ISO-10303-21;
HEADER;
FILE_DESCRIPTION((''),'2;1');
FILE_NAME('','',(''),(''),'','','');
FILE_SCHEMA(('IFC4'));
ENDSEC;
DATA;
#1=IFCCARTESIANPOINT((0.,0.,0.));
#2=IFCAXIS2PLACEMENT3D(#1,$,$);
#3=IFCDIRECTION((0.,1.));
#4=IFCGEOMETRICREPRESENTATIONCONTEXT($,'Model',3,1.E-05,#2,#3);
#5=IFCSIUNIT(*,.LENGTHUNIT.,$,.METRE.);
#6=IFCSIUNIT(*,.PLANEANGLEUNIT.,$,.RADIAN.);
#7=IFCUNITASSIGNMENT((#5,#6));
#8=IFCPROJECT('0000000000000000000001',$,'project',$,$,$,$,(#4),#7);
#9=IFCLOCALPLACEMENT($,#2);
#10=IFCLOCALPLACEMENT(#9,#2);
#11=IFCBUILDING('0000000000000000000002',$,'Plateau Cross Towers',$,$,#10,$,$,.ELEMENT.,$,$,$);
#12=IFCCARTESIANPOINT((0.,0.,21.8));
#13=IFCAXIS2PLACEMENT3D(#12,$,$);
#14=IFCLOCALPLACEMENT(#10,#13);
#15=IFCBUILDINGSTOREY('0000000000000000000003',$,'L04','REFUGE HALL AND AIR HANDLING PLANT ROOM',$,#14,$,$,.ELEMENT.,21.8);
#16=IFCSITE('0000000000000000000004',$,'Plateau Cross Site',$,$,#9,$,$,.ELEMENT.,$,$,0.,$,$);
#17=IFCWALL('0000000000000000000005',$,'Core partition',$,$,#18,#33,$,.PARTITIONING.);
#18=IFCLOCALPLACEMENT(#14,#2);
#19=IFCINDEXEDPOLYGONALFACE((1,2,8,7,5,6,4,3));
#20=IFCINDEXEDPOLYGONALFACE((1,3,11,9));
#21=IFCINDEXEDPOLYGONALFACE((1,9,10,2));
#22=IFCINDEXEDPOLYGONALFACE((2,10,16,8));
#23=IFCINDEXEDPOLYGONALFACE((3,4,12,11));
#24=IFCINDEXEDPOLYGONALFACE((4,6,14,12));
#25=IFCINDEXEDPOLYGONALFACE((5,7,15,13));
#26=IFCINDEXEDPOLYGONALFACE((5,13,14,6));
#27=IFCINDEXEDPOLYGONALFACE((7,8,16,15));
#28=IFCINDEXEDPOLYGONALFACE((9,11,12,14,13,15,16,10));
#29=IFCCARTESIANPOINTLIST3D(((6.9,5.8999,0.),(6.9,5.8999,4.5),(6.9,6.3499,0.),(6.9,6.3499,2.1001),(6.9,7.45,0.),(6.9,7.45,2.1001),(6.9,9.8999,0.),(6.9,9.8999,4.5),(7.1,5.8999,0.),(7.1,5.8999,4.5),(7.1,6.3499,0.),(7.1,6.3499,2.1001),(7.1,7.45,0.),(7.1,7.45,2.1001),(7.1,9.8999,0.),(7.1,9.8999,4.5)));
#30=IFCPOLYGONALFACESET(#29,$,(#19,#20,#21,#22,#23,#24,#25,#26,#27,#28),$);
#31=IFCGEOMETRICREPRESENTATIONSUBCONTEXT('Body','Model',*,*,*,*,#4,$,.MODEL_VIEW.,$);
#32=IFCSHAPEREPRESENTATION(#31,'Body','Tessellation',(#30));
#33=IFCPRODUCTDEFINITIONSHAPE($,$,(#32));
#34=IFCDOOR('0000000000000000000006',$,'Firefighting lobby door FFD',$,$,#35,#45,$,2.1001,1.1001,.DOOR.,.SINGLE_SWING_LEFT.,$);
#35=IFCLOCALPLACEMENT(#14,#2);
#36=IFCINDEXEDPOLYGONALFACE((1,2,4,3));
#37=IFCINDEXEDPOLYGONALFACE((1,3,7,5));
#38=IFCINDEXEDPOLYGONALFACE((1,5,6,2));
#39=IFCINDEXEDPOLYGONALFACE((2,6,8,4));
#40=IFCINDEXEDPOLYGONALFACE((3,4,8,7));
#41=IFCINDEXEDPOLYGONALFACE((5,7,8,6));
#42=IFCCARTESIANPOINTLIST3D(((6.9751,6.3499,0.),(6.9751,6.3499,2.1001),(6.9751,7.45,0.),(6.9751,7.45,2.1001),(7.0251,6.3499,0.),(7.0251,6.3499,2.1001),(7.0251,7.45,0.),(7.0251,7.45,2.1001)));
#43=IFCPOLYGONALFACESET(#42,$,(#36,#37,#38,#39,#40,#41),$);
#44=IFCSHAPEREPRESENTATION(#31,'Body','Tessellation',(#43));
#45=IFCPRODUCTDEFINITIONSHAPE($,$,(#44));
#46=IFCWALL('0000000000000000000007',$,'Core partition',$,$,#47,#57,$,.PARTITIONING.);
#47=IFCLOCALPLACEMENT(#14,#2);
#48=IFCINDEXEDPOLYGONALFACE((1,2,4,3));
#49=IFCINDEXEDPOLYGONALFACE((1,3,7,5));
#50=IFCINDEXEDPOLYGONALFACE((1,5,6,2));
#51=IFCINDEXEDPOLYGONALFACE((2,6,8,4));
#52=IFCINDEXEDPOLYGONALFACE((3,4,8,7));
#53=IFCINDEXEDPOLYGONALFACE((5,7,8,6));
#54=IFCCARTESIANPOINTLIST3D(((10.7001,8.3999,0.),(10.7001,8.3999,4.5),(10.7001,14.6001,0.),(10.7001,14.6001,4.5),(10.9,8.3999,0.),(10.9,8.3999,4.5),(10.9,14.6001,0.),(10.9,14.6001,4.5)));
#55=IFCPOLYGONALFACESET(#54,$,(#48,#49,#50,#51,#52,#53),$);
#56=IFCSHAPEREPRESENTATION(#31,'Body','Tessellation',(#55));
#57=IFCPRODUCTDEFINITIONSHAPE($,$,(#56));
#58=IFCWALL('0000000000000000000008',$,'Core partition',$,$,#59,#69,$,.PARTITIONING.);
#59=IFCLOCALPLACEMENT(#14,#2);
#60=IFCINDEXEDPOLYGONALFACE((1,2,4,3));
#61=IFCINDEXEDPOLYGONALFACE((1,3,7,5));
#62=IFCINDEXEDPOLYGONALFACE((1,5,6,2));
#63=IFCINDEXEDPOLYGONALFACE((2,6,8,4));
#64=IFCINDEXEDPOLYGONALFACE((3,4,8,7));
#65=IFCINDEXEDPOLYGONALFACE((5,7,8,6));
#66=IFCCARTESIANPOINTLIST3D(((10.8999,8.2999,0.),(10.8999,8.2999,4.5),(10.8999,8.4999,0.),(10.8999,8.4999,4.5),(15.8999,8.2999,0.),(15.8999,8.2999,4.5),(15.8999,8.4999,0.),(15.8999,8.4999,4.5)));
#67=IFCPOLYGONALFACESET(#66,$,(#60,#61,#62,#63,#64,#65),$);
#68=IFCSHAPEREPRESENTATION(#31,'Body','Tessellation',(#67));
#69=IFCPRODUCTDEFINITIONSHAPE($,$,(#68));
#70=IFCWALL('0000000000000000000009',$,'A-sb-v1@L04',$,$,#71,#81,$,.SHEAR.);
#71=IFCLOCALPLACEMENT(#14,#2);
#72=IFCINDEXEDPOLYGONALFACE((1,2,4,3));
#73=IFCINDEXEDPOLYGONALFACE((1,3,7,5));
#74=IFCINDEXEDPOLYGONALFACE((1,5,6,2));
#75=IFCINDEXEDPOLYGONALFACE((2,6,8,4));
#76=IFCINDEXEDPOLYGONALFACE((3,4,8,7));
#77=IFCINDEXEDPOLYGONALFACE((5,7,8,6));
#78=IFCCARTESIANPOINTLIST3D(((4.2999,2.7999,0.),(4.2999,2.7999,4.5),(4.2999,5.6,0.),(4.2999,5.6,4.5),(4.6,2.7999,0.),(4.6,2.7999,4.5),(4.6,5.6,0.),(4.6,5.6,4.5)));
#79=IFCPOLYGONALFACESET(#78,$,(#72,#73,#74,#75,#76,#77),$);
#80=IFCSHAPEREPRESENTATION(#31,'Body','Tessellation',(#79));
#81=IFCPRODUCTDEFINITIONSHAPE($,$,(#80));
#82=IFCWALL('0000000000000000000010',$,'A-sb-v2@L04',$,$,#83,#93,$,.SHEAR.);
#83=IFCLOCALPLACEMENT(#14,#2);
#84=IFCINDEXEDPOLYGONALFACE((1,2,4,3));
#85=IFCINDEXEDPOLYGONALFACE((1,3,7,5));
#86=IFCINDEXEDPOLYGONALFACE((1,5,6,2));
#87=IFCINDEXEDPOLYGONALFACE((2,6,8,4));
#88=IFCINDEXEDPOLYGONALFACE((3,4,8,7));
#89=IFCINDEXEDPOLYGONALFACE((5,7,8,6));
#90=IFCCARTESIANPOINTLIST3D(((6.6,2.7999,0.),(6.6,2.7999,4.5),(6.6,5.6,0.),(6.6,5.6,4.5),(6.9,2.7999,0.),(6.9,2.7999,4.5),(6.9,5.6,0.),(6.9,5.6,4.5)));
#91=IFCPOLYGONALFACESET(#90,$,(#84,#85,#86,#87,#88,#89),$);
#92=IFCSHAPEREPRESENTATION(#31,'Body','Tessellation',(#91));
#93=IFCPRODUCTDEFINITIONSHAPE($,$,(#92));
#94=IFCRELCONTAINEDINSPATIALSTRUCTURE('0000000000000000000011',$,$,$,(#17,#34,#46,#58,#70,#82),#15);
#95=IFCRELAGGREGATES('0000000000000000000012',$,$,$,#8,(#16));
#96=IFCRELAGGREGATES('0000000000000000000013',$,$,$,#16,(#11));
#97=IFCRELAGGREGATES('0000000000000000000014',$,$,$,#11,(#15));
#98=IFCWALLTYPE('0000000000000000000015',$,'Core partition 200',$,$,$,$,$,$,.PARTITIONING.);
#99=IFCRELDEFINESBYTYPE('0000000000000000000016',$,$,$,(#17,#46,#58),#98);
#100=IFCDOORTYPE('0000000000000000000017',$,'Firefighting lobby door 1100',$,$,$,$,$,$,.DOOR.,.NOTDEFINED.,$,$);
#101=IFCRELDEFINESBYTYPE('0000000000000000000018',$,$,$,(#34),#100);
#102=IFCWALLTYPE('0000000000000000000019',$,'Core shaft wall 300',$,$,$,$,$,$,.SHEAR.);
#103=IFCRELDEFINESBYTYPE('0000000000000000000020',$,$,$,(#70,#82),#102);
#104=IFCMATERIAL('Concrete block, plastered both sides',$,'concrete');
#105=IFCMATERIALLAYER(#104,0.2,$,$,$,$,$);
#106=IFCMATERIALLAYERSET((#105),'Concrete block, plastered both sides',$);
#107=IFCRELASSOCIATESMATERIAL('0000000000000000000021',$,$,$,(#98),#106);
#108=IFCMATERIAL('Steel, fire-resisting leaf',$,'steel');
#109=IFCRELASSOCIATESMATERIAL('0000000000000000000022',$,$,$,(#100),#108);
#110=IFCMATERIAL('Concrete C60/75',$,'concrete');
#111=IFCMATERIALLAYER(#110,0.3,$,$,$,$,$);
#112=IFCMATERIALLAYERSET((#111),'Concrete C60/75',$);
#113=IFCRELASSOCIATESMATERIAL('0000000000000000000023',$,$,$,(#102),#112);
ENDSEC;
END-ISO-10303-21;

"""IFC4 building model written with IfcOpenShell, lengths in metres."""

from ifc_helpers import new_model, si_unit, direction, frame, frame_2d, origin, place, context, subcontext, project, spatial, rectangle, extrude, material, layer, layer_set, type_object, element, fill, save


model = new_model("IFC4")

# Units and contexts
model_context = context("Model", 3, precision=1e-05, world=origin(), true_north=direction((0.0, 1.0)))
body_context = subcontext(model_context, "Body", "Model", "MODEL_VIEW")
ifc_project = project(units=[si_unit("LENGTHUNIT", "METRE"), si_unit("PLANEANGLEUNIT", "RADIAN")], contexts=[model_context])

# Site, building, storey
site_placement = place(None, origin())
site = spatial("IfcSite", under=ifc_project, at=site_placement, Name="Plateau Cross Site", CompositionType="ELEMENT", RefElevation=0.0)
building_placement = place(site_placement, origin())
building = spatial("IfcBuilding", under=site, at=building_placement, Name="Plateau Cross Towers", CompositionType="ELEMENT")
storey_placement = place(building_placement, frame((0.0, 0.0, 21.8)))
storey = spatial("IfcBuildingStorey", under=building, at=storey_placement, Name="L04", Description="REFUGE HALL AND AIR HANDLING PLANT ROOM", CompositionType="ELEMENT", Elevation=21.8)

# Wall, opening, door
ifc_material_1 = material(Name="Concrete block, plastered both sides", Category="concrete")
ifc_layer_1 = layer(ifc_material_1, 0.2)
ifc_layer_set_1 = layer_set([ifc_layer_1], Name="Concrete block, plastered both sides")
wall_type_1 = type_object("IfcWallType", Name="Core partition 200", PredefinedType="PARTITIONING", material=ifc_layer_set_1)
wall_1_placement = place(storey_placement, frame((7.0, 5.8999, 0.0), z_axis=(0.0, 0.0, 1.0), x_axis=(0.0, 1.0, 0.0)))
wall_1 = element("IfcWall", 1, at=wall_1_placement, inside=storey, type_object=wall_type_1, Name="Core partition", PredefinedType="PARTITIONING", context=body_context, shape_type="SweptSolid", body=[
    extrude(rectangle(XDim=4.0, YDim=0.2, at=frame_2d((2.0, 0.0))), origin(), (0.0, 0.0, 1.0), 4.5),
])
opening_1_placement = place(wall_1_placement, frame((0.45, 0.0, 0.0)))
opening_1 = element("IfcOpeningElement", 2, at=opening_1_placement, cuts=wall_1, PredefinedType="OPENING", context=body_context, shape_type="SweptSolid", body=[
    extrude(rectangle(XDim=1.1001, YDim=2.1001, at=frame_2d((0.55, 1.05))), frame((0.0, 0.1099, 0.0), z_axis=(0.0, -1.0, 0.0), x_axis=(1.0, 0.0, 0.0)), (0.0, 0.0, 1.0), 0.22),
])
ifc_material_2 = material(Name="Steel, fire-resisting leaf", Category="steel")
door_type_1 = type_object("IfcDoorType", Name="Firefighting lobby door 1100", OperationType="NOTDEFINED", PredefinedType="DOOR", material=ifc_material_2)
door_1_placement = place(opening_1_placement, origin())
door_1 = element("IfcDoor", 3, at=door_1_placement, inside=storey, type_object=door_type_1, Name="Firefighting lobby door FFD", OperationType="SINGLE_SWING_LEFT", OverallHeight=2.1001, OverallWidth=1.1001, PredefinedType="DOOR", context=body_context, shape_type="SweptSolid", body=[
    extrude(rectangle(XDim=1.1001, YDim=2.1001, at=frame_2d((0.55, 1.05))), frame((0.0, 0.0249, 0.0), z_axis=(0.0, -1.0, 0.0), x_axis=(1.0, 0.0, 0.0)), (0.0, 0.0, 1.0), 0.05),
])
fill(opening_1, door_1)

# Walls
wall_2_placement = place(storey_placement, frame((10.8, 8.3999, 0.0), z_axis=(0.0, 0.0, 1.0), x_axis=(0.0, 1.0, 0.0)))
element("IfcWall", 4, at=wall_2_placement, inside=storey, type_object=wall_type_1, Name="Core partition", PredefinedType="PARTITIONING", context=body_context, shape_type="SweptSolid", body=[
    extrude(rectangle(XDim=6.2002, YDim=0.2, at=frame_2d((3.1001, 0.0))), origin(), (0.0, 0.0, 1.0), 4.5),
])
wall_3_placement = place(storey_placement, frame((10.8999, 8.3999, 0.0), z_axis=(0.0, 0.0, 1.0), x_axis=(1.0, 0.0, 0.0)))
element("IfcWall", 5, at=wall_3_placement, inside=storey, type_object=wall_type_1, Name="Core partition", PredefinedType="PARTITIONING", context=body_context, shape_type="SweptSolid", body=[
    extrude(rectangle(XDim=5.0, YDim=0.2, at=frame_2d((2.5, 0.0))), origin(), (0.0, 0.0, 1.0), 4.5),
])
ifc_material_3 = material(Name="Concrete C60/75", Category="concrete")
ifc_layer_2 = layer(ifc_material_3, 0.3)
ifc_layer_set_2 = layer_set([ifc_layer_2], Name="Concrete C60/75")
wall_type_2 = type_object("IfcWallType", Name="Core shaft wall 300", PredefinedType="SHEAR", material=ifc_layer_set_2)
for number, where, z_axis, x_axis, name in (
    (6, (4.45, 2.8, 0.0), (0.0, 0.0, 1.0), (0.0, 1.0, 0.0), "A-sb-v1@L04"),
    (7, (6.75, 2.8, 0.0), (0.0, 0.0, 1.0), (0.0, 1.0, 0.0), "A-sb-v2@L04"),
):
    element("IfcWall", number, at=place(storey_placement, frame(where, z_axis=z_axis, x_axis=x_axis)), inside=storey, type_object=wall_type_2, Name=name, PredefinedType="SHEAR", context=body_context, shape_type="SweptSolid", body=[
        extrude(rectangle(XDim=2.8, YDim=0.3, at=frame_2d((1.3999, 0.0))), origin(), (0.0, 0.0, 1.0), 4.5),
    ])

save(model, "model.ifc")
